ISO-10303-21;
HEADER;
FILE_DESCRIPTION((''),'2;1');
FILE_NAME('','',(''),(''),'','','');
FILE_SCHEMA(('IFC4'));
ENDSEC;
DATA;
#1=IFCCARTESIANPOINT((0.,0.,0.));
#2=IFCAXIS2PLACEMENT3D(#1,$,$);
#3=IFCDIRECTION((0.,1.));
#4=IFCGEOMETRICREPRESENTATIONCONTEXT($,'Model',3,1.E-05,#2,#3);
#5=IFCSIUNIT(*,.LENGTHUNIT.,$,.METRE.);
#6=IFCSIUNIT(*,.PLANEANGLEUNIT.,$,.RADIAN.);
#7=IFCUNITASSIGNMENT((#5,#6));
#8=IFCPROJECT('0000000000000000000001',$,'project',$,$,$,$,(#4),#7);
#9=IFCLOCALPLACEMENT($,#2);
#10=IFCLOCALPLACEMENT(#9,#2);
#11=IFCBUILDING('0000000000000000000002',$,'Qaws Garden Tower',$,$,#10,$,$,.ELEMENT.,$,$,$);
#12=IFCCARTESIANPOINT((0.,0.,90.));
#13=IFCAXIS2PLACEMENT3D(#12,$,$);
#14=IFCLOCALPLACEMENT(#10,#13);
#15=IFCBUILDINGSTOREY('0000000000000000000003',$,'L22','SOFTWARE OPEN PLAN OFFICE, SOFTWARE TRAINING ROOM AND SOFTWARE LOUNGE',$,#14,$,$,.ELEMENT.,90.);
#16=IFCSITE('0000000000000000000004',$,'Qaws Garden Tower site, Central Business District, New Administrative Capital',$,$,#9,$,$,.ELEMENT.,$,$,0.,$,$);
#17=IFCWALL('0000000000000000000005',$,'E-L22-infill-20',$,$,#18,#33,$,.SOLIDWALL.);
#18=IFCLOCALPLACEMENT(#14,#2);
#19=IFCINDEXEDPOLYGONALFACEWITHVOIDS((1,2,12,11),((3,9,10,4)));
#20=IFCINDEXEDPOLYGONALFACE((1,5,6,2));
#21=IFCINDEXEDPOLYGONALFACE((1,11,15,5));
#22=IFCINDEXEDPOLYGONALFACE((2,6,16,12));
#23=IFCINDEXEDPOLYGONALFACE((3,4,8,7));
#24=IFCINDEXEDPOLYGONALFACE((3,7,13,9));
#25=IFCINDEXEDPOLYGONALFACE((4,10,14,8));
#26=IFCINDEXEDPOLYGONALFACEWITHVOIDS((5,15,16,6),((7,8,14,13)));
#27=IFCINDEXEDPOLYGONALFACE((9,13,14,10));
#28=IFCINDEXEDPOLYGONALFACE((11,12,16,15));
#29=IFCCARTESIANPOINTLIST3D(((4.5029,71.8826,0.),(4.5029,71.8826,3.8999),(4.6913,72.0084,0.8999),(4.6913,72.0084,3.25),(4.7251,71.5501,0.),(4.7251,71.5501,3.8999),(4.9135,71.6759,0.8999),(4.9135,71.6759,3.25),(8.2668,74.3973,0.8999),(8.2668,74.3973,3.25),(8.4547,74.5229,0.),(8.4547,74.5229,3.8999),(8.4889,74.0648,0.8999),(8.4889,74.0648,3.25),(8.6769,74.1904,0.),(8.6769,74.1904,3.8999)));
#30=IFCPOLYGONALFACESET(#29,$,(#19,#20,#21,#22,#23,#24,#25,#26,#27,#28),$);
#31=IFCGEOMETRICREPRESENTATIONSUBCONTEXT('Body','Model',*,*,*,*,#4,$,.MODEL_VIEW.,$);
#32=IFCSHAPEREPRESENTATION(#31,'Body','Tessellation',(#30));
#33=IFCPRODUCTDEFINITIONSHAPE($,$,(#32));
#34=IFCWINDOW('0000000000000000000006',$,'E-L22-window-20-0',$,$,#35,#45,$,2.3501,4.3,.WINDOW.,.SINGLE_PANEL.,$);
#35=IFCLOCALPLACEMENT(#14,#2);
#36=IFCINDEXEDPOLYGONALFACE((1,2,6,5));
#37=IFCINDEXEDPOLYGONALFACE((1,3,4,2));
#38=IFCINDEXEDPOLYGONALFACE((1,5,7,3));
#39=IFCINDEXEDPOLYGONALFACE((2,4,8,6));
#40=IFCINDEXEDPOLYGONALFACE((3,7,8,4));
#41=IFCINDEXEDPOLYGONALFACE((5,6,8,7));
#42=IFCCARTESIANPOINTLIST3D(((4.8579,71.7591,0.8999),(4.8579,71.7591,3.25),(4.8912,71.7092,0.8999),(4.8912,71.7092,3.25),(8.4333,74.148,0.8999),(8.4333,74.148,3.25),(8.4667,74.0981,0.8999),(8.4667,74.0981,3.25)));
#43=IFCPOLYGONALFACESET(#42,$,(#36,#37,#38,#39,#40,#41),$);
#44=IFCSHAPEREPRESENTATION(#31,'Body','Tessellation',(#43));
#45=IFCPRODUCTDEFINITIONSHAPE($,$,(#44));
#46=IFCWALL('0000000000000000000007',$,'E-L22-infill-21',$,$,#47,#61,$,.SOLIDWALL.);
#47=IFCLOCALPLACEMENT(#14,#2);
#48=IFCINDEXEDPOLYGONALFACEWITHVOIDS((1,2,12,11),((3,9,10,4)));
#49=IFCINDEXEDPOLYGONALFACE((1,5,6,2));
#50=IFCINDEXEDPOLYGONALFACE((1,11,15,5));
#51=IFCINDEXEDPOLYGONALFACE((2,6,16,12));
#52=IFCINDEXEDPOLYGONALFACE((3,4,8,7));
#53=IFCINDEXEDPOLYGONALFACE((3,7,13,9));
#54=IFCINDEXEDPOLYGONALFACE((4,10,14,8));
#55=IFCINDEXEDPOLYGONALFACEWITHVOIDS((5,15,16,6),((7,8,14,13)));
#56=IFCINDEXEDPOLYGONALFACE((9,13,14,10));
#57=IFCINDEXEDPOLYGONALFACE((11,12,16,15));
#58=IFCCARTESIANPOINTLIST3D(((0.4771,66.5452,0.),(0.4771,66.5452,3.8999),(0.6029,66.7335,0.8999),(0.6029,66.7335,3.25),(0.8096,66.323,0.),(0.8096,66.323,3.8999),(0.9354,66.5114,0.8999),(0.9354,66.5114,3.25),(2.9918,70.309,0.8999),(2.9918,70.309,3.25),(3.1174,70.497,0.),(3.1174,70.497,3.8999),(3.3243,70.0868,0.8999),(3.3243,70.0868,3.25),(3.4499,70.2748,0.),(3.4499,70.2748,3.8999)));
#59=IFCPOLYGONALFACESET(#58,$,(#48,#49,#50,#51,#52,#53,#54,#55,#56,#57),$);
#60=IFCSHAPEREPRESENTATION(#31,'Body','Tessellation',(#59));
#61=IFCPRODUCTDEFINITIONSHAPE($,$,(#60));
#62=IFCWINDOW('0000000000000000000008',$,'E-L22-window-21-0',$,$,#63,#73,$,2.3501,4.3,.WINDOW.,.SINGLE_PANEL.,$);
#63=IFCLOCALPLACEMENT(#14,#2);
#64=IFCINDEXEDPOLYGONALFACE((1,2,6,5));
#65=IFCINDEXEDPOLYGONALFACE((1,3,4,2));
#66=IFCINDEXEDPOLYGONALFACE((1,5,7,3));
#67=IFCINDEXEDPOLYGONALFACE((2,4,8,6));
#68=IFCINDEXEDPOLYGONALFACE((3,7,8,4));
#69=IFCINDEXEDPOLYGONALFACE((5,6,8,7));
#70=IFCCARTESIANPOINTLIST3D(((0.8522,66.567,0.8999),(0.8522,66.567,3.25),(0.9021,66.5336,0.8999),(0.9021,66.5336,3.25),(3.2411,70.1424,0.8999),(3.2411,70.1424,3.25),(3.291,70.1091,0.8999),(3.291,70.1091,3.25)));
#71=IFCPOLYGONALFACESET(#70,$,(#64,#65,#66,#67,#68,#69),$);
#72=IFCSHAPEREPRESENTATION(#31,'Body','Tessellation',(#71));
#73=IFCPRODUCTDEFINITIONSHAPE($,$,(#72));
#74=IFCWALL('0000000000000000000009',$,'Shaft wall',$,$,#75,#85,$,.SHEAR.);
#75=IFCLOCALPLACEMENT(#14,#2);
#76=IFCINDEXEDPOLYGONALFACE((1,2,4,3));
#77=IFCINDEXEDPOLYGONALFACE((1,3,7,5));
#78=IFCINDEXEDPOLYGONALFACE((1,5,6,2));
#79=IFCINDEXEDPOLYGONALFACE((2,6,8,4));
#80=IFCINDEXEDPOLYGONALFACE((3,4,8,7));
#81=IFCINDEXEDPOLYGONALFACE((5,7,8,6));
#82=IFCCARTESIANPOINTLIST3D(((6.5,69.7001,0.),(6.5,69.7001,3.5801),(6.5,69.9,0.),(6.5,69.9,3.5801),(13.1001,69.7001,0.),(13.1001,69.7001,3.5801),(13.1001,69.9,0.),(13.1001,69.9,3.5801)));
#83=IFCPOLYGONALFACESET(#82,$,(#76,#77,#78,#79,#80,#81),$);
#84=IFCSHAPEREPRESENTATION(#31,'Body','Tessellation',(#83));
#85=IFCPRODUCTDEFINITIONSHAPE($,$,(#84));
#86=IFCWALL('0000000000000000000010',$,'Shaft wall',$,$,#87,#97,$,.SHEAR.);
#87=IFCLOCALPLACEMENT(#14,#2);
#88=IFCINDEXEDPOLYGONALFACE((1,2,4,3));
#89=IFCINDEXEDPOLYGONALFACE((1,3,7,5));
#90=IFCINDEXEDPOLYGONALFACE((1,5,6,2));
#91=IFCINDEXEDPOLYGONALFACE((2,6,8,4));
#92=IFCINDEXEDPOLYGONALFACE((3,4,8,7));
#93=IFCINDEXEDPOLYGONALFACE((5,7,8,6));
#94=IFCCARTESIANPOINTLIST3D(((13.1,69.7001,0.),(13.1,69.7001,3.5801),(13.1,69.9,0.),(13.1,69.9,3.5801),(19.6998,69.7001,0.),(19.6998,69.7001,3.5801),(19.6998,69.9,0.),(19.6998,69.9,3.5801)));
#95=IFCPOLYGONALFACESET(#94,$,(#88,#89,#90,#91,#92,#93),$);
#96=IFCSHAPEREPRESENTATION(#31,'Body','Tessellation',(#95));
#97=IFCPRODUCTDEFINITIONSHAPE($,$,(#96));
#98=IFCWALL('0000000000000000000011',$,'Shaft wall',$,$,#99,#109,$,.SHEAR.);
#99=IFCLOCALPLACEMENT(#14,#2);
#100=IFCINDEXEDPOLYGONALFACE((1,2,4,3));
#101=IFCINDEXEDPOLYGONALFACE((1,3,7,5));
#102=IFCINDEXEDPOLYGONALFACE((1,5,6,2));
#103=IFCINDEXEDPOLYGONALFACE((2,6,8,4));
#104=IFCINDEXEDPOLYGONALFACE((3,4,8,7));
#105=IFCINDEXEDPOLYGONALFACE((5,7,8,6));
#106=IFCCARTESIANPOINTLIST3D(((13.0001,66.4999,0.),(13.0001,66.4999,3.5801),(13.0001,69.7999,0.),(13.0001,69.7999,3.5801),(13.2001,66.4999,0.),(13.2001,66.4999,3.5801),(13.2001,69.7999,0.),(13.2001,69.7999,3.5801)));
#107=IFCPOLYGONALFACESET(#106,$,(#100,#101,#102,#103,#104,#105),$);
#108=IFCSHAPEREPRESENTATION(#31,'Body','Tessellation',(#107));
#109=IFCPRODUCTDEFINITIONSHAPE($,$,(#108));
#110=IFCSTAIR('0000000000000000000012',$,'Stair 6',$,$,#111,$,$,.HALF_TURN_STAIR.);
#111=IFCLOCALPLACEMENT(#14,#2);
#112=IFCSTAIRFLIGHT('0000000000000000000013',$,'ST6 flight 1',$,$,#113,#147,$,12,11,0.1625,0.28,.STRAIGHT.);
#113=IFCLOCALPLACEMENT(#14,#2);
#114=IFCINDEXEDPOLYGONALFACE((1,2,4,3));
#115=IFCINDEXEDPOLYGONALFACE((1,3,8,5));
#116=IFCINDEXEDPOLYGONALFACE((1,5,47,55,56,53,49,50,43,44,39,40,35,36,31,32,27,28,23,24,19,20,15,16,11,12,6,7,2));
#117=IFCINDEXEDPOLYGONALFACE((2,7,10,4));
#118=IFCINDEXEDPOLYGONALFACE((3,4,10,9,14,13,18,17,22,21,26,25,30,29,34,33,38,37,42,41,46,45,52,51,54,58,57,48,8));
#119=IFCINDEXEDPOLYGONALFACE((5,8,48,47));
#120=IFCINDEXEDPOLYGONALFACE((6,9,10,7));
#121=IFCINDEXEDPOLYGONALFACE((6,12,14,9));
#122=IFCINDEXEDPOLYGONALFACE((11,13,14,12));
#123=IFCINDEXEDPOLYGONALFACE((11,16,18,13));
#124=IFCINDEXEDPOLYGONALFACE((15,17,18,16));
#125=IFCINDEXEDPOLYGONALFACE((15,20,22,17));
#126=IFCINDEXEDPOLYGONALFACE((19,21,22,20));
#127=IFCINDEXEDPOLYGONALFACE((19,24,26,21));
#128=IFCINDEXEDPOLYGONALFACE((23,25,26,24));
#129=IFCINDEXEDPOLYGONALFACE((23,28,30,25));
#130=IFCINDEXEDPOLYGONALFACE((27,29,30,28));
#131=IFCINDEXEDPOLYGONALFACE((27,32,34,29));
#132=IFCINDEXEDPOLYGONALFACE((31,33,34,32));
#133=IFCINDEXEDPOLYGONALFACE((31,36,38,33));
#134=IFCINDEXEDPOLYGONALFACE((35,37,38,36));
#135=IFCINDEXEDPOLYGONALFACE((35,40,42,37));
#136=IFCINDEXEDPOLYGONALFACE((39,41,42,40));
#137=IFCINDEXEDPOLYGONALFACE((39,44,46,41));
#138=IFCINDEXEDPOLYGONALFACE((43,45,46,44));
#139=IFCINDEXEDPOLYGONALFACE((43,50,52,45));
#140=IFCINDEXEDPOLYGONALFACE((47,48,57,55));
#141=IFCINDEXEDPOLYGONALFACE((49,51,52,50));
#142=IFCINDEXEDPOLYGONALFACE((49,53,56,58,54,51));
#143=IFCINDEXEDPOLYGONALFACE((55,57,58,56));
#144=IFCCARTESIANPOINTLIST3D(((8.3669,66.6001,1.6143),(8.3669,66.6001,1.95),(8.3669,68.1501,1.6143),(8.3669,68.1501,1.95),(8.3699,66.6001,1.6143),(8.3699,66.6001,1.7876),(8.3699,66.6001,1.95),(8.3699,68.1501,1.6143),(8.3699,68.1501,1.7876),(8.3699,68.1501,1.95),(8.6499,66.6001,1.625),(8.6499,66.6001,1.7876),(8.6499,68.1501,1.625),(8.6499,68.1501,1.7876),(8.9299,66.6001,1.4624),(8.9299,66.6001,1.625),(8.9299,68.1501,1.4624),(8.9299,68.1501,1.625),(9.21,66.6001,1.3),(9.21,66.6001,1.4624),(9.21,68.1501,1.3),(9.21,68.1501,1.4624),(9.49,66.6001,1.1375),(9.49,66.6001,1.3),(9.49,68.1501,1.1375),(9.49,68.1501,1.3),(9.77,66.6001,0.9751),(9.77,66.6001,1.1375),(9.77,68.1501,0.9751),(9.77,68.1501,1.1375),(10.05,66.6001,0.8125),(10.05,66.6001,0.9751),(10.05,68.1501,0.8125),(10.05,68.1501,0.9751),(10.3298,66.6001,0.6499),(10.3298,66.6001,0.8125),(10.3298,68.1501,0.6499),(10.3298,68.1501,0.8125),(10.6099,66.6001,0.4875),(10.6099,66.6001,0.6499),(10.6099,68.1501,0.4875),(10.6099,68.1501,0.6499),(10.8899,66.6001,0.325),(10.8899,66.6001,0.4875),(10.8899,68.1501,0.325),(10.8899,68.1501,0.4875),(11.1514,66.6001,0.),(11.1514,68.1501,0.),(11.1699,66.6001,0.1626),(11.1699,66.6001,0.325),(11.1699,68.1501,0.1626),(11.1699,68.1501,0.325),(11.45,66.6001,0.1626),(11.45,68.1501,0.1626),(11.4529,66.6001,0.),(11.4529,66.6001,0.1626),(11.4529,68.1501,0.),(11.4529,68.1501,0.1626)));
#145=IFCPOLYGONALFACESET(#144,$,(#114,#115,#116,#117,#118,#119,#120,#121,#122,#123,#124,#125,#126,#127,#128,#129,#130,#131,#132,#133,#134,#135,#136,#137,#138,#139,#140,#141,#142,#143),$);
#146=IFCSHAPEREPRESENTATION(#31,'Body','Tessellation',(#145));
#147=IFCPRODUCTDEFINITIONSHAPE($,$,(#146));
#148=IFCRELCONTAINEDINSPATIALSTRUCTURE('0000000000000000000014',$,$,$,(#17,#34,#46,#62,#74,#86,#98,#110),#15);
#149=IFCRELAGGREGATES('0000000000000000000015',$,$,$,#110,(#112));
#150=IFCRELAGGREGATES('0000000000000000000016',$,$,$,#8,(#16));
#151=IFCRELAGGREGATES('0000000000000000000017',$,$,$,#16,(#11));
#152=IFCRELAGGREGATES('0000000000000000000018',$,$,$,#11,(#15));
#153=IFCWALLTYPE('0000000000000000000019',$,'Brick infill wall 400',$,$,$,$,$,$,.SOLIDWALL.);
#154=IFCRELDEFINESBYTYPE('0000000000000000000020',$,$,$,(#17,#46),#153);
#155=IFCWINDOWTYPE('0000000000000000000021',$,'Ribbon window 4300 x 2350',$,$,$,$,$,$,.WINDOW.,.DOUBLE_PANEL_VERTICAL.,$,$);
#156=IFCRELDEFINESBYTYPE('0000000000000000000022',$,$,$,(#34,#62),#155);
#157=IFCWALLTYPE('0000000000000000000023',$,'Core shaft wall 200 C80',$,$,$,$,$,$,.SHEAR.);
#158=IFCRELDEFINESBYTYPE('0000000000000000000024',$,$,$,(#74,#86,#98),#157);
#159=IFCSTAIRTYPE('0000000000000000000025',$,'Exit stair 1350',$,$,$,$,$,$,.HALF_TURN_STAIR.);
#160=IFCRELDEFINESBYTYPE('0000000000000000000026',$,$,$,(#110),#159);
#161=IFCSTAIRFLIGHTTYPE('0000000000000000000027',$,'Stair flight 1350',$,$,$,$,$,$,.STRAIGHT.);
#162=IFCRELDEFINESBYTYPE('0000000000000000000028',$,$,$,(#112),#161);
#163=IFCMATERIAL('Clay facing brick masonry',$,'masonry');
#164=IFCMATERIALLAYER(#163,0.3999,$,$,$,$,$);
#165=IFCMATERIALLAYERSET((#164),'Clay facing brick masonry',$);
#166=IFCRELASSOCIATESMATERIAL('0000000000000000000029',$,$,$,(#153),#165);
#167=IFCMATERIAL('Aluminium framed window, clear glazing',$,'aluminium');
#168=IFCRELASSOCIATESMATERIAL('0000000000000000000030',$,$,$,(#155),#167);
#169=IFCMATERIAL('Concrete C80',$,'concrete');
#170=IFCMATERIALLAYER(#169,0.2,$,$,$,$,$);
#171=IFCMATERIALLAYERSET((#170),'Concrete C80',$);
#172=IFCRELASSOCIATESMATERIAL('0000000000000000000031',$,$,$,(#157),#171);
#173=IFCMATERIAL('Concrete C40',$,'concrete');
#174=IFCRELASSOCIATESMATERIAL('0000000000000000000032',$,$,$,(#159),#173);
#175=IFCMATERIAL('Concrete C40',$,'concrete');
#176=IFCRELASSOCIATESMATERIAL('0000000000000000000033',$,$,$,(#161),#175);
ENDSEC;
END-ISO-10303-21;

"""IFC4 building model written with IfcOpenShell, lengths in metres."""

from ifc_helpers import new_model, si_unit, direction, frame, frame_2d, origin, place, context, subcontext, project, spatial, polyline, rectangle, outline, extrude, material, layer, layer_set, type_object, element, fill, aggregate, save


model = new_model("IFC4")

# Units and contexts
model_context = context("Model", 3, precision=1e-05, world=origin(), true_north=direction((0.0, 1.0)))
body_context = subcontext(model_context, "Body", "Model", "MODEL_VIEW")
ifc_project = project(units=[si_unit("LENGTHUNIT", "METRE"), si_unit("PLANEANGLEUNIT", "RADIAN")], contexts=[model_context])

# Site, building, storey
site_placement = place(None, origin())
site = spatial("IfcSite", under=ifc_project, at=site_placement, Name="Qaws Garden Tower site, Central Business District, New Administrative Capital", CompositionType="ELEMENT", RefElevation=0.0)
building_placement = place(site_placement, origin())
building = spatial("IfcBuilding", under=site, at=building_placement, Name="Qaws Garden Tower", CompositionType="ELEMENT")
storey_placement = place(building_placement, frame((0.0, 0.0, 90.0)))
storey = spatial("IfcBuildingStorey", under=building, at=storey_placement, Name="L22", Description="SOFTWARE OPEN PLAN OFFICE, SOFTWARE TRAINING ROOM AND SOFTWARE LOUNGE", CompositionType="ELEMENT", Elevation=90.0)

# Walls, openings, windows
ifc_material_1 = material(Name="Clay facing brick masonry", Category="masonry")
ifc_layer_1 = layer(ifc_material_1, 0.3999)
ifc_layer_set_1 = layer_set([ifc_layer_1], Name="Clay facing brick masonry")
wall_type_1 = type_object("IfcWallType", Name="Brick infill wall 400", PredefinedType="SOLIDWALL", material=ifc_layer_set_1)
ifc_material_2 = material(Name="Aluminium framed window, clear glazing", Category="aluminium")
window_type = type_object("IfcWindowType", Name="Ribbon window 4300 x 2350", PartitioningType="DOUBLE_PANEL_VERTICAL", PredefinedType="WINDOW", material=ifc_material_2)
wall_1_placement = place(storey_placement, frame((8.5659, 74.3567, 0.0), z_axis=(0.0, 0.0, 1.0), x_axis=(-0.831489, -0.555542, 0.0)))
wall_1 = element("IfcWall", 1, at=wall_1_placement, inside=storey, type_object=wall_type_1, Name="E-L22-infill-20", PredefinedType="SOLIDWALL", context=body_context, shape_type="SweptSolid", body=[
    extrude(rectangle(XDim=4.7527, YDim=0.3999, at=frame_2d((2.3765, 0.0))), origin(), (0.0, 0.0, 1.0), 3.8999),
])
opening_1_placement = place(wall_1_placement, frame((0.2263, 0.0, 0.8999)))
opening_1 = element("IfcOpeningElement", 2, at=opening_1_placement, cuts=wall_1, PredefinedType="OPENING", context=body_context, shape_type="SweptSolid", body=[
    extrude(rectangle(XDim=4.3, YDim=2.3501, at=frame_2d((2.1499, 1.175))), frame((0.0, 0.21, 0.0), z_axis=(0.0, -1.0, 0.0), x_axis=(1.0, 0.0, 0.0)), (0.0, 0.0, 1.0), 0.4199),
])
window_1_placement = place(opening_1_placement, origin())
window_1 = element("IfcWindow", 3, at=window_1_placement, inside=storey, type_object=window_type, Name="E-L22-window-20-0", OverallHeight=2.3501, OverallWidth=4.3, PartitioningType="SINGLE_PANEL", PredefinedType="WINDOW", context=body_context, shape_type="SweptSolid", body=[
    extrude(rectangle(XDim=4.3, YDim=2.3501, at=frame_2d((2.1499, 1.175))), frame((0.0, 0.1599, 0.0), z_axis=(0.0, -1.0, 0.0), x_axis=(1.0, 0.0, 0.0)), (0.0, 0.0, 1.0), 0.0601),
])
fill(opening_1, window_1)
wall_2_placement = place(storey_placement, frame((3.2837, 70.386, 0.0), z_axis=(0.0, 0.0, 1.0), x_axis=(-0.555542, -0.831489, 0.0)))
wall_2 = element("IfcWall", 4, at=wall_2_placement, inside=storey, type_object=wall_type_1, Name="E-L22-infill-21", PredefinedType="SOLIDWALL", context=body_context, shape_type="SweptSolid", body=[
    extrude(rectangle(XDim=4.7527, YDim=0.3999, at=frame_2d((2.3765, 0.0))), origin(), (0.0, 0.0, 1.0), 3.8999),
])
opening_2_placement = place(wall_2_placement, frame((0.2263, 0.0, 0.8999)))
opening_2 = element("IfcOpeningElement", 5, at=opening_2_placement, cuts=wall_2, PredefinedType="OPENING", context=body_context, shape_type="SweptSolid", body=[
    extrude(rectangle(XDim=4.3, YDim=2.3501, at=frame_2d((2.1499, 1.175))), frame((0.0, 0.21, 0.0), z_axis=(0.0, -1.0, 0.0), x_axis=(1.0, 0.0, 0.0)), (0.0, 0.0, 1.0), 0.4199),
])
window_2_placement = place(opening_2_placement, origin())
window_2 = element("IfcWindow", 6, at=window_2_placement, inside=storey, type_object=window_type, Name="E-L22-window-21-0", OverallHeight=2.3501, OverallWidth=4.3, PartitioningType="SINGLE_PANEL", PredefinedType="WINDOW", context=body_context, shape_type="SweptSolid", body=[
    extrude(rectangle(XDim=4.3, YDim=2.3501, at=frame_2d((2.1499, 1.175))), frame((0.0, 0.1599, 0.0), z_axis=(0.0, -1.0, 0.0), x_axis=(1.0, 0.0, 0.0)), (0.0, 0.0, 1.0), 0.0601),
])
fill(opening_2, window_2)

# Walls
ifc_material_3 = material(Name="Concrete C80", Category="concrete")
ifc_layer_2 = layer(ifc_material_3, 0.2)
ifc_layer_set_2 = layer_set([ifc_layer_2], Name="Concrete C80")
wall_type_2 = type_object("IfcWallType", Name="Core shaft wall 200 C80", PredefinedType="SHEAR", material=ifc_layer_set_2)
wall_3_placement = place(storey_placement, frame((6.5, 69.8, 0.0), z_axis=(0.0, 0.0, 1.0), x_axis=(1.0, 0.0, 0.0)))
element("IfcWall", 7, at=wall_3_placement, inside=storey, type_object=wall_type_2, Name="Shaft wall", PredefinedType="SHEAR", context=body_context, shape_type="SweptSolid", body=[
    extrude(rectangle(XDim=6.6001, YDim=0.2, at=frame_2d((3.3, 0.0))), origin(), (0.0, 0.0, 1.0), 3.5801),
])
wall_4_placement = place(storey_placement, frame((13.1001, 69.8, 0.0), z_axis=(0.0, 0.0, 1.0), x_axis=(1.0, 0.0, 0.0)))
element("IfcWall", 8, at=wall_4_placement, inside=storey, type_object=wall_type_2, Name="Shaft wall", PredefinedType="SHEAR", context=body_context, shape_type="SweptSolid", body=[
    extrude(rectangle(XDim=6.5999, YDim=0.2, at=frame_2d((3.2998, 0.0))), origin(), (0.0, 0.0, 1.0), 3.5801),
])
wall_5_placement = place(storey_placement, frame((13.1001, 66.5, 0.0), z_axis=(0.0, 0.0, 1.0), x_axis=(0.0, 1.0, 0.0)))
element("IfcWall", 9, at=wall_5_placement, inside=storey, type_object=wall_type_2, Name="Shaft wall", PredefinedType="SHEAR", context=body_context, shape_type="SweptSolid", body=[
    extrude(rectangle(XDim=3.3, YDim=0.2, at=frame_2d((1.6499, 0.0))), origin(), (0.0, 0.0, 1.0), 3.5801),
])

# Stair, stair flight
ifc_material_4 = material(Name="Concrete C40", Category="concrete")
stair_type = type_object("IfcStairType", Name="Exit stair 1350", PredefinedType="HALF_TURN_STAIR", material=ifc_material_4)
placement = place(storey_placement, origin())
stair_1 = element("IfcStair", 10, at=placement, inside=storey, type_object=stair_type, Name="Stair 6", PredefinedType="HALF_TURN_STAIR")
ifc_material_5 = material(Name="Concrete C40", Category="concrete")
stair_flight_type = type_object("IfcStairFlightType", Name="Stair flight 1350", PredefinedType="STRAIGHT", material=ifc_material_5)
stair_flight_1_placement = place(storey_placement, frame((11.45, 67.375, 0.0), z_axis=(0.0, 0.0, 1.0), x_axis=(-1.0, 0.0, 0.0)))
stair_flight_1 = element("IfcStairFlight", 11, at=stair_flight_1_placement, type_object=stair_flight_type, Name="ST6 flight 1", NumberOfRisers=12, NumberOfTreads=11, PredefinedType="STRAIGHT", RiserHeight=0.1625, TreadLength=0.28, context=body_context, shape_type="SweptSolid", body=[
    extrude(outline(polyline([(-0.0029, 0.0), (-0.0029, 0.1626), (0.0, 0.1626), (0.28, 0.1626), (0.28, 0.325), (0.5601, 0.325), (0.5601, 0.4875), (0.8401, 0.4875), (0.8401, 0.6499), (1.1201, 0.6499), (1.1201, 0.8125), (1.3999, 0.8125), (1.3999, 0.9751), (1.6799, 0.9751), (1.6799, 1.1375), (1.96, 1.1375), (1.96, 1.3), (2.24, 1.3), (2.24, 1.4624), (2.52, 1.4624), (2.52, 1.625), (2.8, 1.625), (2.8, 1.7876), (3.0801, 1.7876), (3.0801, 1.95), (3.083, 1.95), (3.083, 1.6143), (3.0801, 1.6143), (0.2986, 0.0), (-0.0029, 0.0)])), frame((0.0, 0.7749, 0.0), z_axis=(0.0, -1.0, 0.0), x_axis=(1.0, 0.0, 0.0)), (0.0, 0.0, 1.0), 1.55),
])
aggregate(stair_1, [stair_flight_1])

save(model, "model.ifc")
